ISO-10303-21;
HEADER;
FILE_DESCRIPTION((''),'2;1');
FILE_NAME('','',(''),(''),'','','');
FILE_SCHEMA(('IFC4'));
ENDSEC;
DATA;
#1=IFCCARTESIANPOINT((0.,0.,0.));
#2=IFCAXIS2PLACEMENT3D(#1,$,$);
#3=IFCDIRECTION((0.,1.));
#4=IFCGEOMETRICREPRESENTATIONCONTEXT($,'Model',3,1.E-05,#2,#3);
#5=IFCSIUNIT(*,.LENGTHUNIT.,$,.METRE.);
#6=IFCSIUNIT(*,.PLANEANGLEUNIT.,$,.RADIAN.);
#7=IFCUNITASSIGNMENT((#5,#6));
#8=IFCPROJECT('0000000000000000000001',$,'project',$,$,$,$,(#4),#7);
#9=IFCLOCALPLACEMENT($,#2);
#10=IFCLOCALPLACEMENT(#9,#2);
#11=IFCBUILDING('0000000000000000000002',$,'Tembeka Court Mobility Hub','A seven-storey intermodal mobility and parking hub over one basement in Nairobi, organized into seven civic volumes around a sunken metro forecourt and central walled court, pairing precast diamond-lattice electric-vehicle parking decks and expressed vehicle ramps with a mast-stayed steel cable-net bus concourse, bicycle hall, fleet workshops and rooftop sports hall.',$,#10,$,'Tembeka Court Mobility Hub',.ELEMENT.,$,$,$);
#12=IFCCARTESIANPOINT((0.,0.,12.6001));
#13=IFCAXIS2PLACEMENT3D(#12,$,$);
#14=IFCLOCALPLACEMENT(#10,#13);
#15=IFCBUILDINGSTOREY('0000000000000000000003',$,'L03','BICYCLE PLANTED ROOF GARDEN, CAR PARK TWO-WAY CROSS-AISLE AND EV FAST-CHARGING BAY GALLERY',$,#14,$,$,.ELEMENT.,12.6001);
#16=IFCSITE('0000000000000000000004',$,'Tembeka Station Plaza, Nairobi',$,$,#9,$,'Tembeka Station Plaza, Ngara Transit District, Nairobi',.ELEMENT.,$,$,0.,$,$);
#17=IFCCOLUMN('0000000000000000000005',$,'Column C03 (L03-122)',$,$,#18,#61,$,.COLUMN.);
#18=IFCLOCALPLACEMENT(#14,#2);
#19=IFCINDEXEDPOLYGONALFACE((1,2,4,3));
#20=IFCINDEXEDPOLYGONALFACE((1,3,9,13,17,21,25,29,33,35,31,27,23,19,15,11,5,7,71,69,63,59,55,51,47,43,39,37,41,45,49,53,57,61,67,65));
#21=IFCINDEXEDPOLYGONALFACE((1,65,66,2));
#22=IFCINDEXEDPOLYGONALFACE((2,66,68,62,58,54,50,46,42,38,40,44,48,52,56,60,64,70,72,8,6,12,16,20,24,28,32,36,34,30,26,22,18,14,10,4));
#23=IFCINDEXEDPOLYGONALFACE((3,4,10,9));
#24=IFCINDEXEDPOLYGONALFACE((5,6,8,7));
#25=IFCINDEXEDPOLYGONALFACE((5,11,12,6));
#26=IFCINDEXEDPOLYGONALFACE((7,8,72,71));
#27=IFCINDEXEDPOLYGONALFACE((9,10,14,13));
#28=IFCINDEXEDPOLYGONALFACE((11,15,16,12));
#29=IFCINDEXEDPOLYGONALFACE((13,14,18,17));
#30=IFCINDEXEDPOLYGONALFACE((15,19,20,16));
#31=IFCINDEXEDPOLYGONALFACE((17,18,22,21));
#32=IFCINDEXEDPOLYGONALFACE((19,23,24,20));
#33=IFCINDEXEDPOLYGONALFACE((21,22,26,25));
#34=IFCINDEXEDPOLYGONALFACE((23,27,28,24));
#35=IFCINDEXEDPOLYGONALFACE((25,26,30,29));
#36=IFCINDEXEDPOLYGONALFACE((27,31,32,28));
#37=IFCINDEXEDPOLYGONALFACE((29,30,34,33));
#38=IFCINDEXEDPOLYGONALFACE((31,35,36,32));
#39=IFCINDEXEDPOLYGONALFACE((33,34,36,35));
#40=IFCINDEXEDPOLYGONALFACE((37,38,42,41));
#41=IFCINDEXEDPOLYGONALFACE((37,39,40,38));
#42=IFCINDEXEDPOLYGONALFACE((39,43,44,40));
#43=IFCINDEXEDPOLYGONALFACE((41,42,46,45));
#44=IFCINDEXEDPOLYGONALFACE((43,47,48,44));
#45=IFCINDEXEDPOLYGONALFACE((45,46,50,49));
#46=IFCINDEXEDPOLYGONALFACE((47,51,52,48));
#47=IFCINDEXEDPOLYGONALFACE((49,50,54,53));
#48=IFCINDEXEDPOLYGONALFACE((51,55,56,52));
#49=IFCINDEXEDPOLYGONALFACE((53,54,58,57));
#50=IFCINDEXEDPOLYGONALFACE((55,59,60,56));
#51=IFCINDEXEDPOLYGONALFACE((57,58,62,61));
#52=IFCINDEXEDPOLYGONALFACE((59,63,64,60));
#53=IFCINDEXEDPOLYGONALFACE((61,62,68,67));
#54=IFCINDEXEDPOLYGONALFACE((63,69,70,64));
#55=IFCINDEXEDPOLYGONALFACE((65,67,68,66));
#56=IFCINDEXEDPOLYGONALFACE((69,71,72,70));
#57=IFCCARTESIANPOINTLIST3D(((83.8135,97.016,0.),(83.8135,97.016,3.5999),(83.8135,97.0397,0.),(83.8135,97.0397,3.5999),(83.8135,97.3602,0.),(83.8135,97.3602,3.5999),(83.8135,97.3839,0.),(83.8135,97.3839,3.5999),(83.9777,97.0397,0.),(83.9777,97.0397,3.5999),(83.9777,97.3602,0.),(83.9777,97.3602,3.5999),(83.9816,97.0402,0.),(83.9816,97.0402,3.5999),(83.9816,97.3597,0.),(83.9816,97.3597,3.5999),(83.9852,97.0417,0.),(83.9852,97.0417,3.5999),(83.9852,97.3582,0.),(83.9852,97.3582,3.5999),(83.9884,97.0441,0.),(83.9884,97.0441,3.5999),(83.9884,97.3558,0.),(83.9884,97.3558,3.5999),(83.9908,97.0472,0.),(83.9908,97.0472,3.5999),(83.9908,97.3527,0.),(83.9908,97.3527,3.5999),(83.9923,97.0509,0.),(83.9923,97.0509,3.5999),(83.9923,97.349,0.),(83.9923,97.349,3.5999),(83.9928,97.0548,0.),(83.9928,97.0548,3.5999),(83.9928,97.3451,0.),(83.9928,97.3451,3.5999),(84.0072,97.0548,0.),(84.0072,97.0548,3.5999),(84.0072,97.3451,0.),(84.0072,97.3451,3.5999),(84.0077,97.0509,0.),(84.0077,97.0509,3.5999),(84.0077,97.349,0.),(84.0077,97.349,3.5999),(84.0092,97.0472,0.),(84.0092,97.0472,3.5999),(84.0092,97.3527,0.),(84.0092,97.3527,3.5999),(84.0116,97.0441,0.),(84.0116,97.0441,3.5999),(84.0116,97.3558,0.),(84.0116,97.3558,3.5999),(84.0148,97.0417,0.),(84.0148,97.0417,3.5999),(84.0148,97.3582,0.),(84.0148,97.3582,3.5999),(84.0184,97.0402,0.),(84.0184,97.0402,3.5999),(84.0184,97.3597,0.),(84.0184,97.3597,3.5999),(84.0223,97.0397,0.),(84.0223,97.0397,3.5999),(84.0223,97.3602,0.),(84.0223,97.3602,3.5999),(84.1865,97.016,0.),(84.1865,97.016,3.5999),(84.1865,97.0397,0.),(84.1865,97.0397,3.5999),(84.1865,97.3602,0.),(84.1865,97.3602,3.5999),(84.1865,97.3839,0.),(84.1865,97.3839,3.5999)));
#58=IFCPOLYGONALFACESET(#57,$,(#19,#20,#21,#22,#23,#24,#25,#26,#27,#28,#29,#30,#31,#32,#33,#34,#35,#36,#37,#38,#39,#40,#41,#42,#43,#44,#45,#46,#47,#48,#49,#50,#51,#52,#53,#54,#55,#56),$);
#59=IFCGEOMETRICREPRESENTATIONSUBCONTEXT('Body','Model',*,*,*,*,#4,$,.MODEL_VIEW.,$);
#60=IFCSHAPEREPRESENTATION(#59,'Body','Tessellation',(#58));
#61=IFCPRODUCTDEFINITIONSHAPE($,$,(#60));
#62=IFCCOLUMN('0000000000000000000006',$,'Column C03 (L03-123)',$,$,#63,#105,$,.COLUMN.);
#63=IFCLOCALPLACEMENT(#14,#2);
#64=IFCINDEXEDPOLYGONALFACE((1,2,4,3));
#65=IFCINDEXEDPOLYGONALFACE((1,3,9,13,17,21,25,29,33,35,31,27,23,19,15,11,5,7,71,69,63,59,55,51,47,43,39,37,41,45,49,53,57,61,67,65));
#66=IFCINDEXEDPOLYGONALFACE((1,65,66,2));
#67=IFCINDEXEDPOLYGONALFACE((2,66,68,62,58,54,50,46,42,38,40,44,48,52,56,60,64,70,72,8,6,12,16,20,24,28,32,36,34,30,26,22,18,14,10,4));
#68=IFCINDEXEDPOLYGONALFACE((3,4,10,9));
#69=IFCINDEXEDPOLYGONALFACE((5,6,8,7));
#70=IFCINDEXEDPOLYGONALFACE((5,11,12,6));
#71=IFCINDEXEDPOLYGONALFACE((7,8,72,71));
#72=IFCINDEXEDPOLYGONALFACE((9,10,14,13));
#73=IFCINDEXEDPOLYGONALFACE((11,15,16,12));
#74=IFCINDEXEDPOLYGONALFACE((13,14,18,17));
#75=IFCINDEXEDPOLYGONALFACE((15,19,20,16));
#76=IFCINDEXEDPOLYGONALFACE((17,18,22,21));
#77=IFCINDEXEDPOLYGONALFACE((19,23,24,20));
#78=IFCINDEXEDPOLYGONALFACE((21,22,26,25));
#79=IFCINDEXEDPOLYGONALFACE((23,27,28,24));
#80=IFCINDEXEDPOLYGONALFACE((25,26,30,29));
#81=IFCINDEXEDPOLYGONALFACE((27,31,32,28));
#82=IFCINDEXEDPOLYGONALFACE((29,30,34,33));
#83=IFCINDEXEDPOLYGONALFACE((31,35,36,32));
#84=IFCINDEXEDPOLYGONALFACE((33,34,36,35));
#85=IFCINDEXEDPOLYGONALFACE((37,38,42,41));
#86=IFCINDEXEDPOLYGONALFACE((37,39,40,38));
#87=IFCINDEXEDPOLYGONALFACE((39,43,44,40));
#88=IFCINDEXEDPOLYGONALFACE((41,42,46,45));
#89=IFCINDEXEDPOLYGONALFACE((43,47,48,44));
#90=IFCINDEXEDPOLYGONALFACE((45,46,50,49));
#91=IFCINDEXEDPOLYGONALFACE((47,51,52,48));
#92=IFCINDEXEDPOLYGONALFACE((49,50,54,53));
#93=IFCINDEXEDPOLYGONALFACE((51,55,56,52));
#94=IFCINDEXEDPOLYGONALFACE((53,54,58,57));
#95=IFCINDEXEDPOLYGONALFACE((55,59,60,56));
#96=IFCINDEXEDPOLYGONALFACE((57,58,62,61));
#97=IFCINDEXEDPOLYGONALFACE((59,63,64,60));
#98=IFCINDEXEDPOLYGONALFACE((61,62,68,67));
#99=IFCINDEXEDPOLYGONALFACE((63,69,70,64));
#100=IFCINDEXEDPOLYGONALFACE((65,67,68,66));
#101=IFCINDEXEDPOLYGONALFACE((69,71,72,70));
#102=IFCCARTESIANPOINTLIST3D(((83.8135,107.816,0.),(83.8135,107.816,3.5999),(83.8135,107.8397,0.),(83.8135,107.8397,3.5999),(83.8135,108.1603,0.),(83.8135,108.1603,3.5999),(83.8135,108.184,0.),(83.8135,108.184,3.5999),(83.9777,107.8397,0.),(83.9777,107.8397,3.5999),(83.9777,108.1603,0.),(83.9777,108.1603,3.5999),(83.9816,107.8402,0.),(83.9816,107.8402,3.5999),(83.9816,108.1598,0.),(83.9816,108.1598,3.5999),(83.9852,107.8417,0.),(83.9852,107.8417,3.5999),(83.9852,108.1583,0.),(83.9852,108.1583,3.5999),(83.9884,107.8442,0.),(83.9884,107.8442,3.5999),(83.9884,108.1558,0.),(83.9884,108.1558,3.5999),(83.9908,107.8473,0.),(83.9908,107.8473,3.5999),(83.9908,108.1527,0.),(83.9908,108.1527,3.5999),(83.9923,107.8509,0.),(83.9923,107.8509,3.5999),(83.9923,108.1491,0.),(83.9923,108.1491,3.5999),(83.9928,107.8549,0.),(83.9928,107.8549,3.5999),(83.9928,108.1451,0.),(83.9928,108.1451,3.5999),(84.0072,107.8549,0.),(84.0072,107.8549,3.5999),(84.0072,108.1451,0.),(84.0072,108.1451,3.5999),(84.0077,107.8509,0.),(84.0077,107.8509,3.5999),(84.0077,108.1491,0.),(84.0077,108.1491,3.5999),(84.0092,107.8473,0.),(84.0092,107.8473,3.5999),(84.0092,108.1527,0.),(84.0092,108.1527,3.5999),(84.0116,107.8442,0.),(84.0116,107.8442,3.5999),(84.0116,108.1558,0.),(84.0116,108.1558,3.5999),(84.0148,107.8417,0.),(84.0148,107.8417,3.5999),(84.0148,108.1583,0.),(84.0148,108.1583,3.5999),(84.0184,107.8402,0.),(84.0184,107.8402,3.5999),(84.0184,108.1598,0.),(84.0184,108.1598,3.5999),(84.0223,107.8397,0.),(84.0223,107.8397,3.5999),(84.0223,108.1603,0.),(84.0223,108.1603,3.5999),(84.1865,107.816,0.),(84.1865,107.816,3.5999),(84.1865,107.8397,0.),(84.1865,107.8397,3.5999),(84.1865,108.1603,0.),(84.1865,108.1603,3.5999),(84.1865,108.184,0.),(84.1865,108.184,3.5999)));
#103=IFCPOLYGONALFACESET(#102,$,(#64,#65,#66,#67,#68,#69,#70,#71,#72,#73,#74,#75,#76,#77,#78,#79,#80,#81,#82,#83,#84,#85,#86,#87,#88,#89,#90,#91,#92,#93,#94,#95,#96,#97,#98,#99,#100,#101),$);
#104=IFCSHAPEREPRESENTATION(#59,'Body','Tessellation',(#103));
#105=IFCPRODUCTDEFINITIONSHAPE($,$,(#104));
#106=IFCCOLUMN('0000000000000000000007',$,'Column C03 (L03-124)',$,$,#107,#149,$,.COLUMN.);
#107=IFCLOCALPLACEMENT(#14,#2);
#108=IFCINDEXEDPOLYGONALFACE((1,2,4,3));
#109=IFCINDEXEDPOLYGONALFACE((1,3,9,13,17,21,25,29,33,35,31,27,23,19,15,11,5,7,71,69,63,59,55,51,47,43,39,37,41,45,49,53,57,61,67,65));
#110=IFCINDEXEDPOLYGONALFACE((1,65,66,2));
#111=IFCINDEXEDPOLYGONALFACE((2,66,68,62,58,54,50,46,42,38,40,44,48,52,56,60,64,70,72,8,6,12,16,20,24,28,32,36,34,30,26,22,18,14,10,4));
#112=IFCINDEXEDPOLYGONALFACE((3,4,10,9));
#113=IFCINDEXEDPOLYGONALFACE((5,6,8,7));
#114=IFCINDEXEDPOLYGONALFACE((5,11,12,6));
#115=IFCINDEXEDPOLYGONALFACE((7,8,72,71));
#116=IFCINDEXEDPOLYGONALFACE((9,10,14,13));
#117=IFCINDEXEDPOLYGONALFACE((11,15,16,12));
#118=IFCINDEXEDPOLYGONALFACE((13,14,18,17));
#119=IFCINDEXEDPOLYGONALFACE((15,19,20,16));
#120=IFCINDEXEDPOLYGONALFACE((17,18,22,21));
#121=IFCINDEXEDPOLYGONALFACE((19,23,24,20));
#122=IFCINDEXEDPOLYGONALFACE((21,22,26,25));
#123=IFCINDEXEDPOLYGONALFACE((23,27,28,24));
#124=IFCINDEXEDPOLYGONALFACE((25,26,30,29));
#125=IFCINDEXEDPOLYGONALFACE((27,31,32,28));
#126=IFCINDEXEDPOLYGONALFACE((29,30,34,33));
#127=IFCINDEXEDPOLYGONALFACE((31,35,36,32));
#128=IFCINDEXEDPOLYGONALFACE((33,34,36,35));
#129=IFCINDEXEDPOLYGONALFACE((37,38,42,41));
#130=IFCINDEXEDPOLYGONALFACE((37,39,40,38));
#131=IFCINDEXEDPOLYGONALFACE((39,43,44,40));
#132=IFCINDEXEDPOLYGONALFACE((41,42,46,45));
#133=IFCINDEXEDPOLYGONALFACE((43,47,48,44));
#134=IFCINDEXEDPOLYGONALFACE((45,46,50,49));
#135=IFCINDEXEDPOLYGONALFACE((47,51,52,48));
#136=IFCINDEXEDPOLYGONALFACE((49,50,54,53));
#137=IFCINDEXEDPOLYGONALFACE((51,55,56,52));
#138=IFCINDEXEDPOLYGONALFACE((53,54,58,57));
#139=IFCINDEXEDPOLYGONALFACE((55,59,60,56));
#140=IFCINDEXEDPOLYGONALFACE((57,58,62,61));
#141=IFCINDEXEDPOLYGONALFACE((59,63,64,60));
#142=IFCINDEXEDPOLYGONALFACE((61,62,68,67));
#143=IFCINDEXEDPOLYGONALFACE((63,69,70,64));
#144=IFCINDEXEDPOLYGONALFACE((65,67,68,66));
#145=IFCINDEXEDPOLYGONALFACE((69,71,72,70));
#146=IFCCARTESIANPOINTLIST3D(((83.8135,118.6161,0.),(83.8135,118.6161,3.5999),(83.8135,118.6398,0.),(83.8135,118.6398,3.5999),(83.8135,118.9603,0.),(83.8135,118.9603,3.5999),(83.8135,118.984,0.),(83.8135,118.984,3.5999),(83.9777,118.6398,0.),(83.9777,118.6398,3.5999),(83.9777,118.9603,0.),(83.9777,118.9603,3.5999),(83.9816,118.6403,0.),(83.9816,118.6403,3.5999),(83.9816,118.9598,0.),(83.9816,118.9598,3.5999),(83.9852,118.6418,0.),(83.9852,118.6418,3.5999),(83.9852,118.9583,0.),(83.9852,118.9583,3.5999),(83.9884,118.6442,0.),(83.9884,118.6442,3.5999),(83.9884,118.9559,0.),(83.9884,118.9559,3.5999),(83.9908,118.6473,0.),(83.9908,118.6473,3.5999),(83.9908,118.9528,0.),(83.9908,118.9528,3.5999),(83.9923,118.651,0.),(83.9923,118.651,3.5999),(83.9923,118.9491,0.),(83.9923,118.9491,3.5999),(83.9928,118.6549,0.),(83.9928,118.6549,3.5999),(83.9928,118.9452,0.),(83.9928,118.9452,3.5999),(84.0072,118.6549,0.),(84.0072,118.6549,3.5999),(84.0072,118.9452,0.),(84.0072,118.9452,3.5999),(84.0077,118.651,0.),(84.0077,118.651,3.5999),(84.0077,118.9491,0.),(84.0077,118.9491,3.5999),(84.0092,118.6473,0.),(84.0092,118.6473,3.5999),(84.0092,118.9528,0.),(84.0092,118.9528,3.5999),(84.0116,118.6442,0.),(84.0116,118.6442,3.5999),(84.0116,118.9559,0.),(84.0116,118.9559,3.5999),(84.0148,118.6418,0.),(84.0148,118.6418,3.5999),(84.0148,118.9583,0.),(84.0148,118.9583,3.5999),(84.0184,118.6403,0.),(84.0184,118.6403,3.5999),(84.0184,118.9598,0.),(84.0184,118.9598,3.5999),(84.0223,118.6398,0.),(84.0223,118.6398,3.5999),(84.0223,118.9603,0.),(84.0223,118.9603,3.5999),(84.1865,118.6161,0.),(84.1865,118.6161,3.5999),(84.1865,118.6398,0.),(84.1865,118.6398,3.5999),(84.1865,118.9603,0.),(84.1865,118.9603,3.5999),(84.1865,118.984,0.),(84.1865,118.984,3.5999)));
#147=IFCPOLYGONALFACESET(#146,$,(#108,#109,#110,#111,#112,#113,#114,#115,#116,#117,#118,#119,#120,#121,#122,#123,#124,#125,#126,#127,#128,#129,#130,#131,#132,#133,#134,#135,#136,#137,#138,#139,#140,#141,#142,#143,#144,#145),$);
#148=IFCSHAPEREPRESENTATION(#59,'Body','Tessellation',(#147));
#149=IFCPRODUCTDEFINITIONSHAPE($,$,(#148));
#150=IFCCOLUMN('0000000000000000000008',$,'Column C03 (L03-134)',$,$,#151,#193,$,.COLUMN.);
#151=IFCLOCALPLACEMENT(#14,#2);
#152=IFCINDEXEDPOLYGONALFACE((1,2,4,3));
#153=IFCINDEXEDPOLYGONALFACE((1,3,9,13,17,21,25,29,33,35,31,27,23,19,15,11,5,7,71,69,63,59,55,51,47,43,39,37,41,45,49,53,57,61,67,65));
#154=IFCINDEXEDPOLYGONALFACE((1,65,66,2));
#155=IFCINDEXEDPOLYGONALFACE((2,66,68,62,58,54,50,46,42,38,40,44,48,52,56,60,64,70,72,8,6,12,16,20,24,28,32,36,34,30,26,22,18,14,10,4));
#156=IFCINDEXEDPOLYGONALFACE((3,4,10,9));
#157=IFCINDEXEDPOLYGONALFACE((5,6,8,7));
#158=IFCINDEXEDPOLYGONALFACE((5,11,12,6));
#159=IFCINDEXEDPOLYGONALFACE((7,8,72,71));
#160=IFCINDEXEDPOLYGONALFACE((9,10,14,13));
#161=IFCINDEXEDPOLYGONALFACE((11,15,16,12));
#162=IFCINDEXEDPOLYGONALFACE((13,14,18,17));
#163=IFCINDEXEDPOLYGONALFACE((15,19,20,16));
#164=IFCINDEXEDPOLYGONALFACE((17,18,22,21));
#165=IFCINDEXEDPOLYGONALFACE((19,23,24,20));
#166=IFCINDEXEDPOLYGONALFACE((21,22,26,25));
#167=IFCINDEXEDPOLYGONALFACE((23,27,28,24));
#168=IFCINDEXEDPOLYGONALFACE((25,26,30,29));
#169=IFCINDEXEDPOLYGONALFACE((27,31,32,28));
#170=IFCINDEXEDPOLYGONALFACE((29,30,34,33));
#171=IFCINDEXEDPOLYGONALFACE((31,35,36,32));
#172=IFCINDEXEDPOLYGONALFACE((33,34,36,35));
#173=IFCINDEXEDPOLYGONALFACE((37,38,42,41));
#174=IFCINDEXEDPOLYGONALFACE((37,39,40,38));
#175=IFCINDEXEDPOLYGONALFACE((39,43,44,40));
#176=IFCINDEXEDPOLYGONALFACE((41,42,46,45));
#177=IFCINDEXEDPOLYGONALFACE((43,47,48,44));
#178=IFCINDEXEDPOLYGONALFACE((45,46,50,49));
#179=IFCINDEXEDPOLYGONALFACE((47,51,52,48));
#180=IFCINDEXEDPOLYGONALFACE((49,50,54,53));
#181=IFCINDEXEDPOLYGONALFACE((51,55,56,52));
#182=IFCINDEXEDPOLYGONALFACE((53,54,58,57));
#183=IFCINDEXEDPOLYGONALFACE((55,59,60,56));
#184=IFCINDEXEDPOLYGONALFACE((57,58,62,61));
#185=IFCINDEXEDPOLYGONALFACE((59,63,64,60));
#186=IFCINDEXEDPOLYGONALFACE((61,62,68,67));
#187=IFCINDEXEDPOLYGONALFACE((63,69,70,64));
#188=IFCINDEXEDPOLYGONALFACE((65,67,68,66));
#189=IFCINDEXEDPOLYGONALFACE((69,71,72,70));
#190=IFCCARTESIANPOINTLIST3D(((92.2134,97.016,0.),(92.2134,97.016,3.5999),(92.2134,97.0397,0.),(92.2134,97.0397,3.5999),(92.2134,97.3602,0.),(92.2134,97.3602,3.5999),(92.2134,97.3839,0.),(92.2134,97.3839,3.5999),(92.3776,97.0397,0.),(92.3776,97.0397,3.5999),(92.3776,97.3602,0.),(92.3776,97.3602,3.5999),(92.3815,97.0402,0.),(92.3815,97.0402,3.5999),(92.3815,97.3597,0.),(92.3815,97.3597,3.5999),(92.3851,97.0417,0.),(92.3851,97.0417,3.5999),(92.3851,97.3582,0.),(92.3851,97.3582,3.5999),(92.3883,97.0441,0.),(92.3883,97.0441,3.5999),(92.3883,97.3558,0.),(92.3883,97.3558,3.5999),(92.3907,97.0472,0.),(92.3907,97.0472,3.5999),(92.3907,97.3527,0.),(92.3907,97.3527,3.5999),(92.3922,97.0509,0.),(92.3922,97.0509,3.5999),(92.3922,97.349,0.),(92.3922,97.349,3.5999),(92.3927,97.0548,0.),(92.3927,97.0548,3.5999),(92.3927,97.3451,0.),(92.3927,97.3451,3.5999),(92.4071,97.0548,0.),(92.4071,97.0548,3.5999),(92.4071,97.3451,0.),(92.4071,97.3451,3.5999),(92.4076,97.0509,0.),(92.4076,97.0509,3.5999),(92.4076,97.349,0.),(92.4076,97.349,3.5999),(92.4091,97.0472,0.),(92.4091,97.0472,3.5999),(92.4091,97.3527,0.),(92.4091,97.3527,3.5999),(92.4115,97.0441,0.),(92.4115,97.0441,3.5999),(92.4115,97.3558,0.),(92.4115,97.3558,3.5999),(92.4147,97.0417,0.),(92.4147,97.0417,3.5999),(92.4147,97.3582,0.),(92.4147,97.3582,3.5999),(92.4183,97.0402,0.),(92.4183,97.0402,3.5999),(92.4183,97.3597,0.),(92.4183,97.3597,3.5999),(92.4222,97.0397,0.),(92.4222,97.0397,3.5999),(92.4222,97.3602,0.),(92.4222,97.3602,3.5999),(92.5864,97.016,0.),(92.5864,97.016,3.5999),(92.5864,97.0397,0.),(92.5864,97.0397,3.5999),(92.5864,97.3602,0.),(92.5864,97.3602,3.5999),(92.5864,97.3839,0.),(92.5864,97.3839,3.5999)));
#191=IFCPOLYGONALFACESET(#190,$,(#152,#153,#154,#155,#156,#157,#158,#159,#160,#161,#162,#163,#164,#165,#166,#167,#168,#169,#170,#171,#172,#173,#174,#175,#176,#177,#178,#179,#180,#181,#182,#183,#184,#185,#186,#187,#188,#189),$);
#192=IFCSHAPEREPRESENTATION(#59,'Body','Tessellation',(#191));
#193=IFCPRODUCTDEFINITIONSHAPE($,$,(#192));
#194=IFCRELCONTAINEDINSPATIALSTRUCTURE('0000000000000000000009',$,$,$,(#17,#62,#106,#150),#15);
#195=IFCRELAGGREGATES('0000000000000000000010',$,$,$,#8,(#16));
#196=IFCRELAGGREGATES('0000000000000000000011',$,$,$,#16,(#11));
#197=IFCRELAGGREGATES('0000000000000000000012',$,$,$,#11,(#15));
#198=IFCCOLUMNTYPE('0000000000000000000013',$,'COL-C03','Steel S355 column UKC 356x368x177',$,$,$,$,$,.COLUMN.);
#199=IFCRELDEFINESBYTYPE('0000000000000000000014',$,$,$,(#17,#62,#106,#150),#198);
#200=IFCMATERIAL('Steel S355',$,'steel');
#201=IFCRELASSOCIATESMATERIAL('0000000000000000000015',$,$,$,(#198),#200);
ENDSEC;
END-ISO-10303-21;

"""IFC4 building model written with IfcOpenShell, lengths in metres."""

from ifc_helpers import new_model, si_unit, direction, frame, origin, origin_2d, place, context, subcontext, project, spatial, i_section, extrude, material, material_profile, profile_set, type_object, element, save


model = new_model("IFC4")

# Units and contexts
model_context = context("Model", 3, precision=1e-05, world=origin(), true_north=direction((0.0, 1.0)))
body_context = subcontext(model_context, "Body", "Model", "MODEL_VIEW")
ifc_project = project(units=[si_unit("LENGTHUNIT", "METRE"), si_unit("PLANEANGLEUNIT", "RADIAN")], contexts=[model_context])

# Site, building, storey
site_placement = place(None, origin())
site = spatial("IfcSite", under=ifc_project, at=site_placement, Name="Tembeka Station Plaza, Nairobi", LongName="Tembeka Station Plaza, Ngara Transit District, Nairobi", CompositionType="ELEMENT", RefElevation=0.0)
building_placement = place(site_placement, origin())
building = spatial("IfcBuilding", under=site, at=building_placement, Name="Tembeka Court Mobility Hub", Description="A seven-storey intermodal mobility and parking hub over one basement in Nairobi, organized into seven civic volumes around a sunken metro forecourt and central walled court, pairing precast diamond-lattice electric-vehicle parking decks and expressed vehicle ramps with a mast-stayed steel cable-net bus concourse, bicycle hall, fleet workshops and rooftop sports hall.", LongName="Tembeka Court Mobility Hub", CompositionType="ELEMENT")
storey_placement = place(building_placement, frame((0.0, 0.0, 12.6001)))
storey = spatial("IfcBuildingStorey", under=building, at=storey_placement, Name="L03", Description="BICYCLE PLANTED ROOF GARDEN, CAR PARK TWO-WAY CROSS-AISLE AND EV FAST-CHARGING BAY GALLERY", CompositionType="ELEMENT", Elevation=12.6001)

# Columns
ifc_material_1 = material(Name="Steel S355", Category="steel")
ifc_material_profile_1 = material_profile(ifc_material_1, i_section(OverallWidth=0.373, OverallDepth=0.3679, WebThickness=0.0144, FlangeThickness=0.0237, FilletRadius=0.0151, at=origin_2d()), Name="UKC 356x368x177")
ifc_profile_set_1 = profile_set([ifc_material_profile_1], Name="Steel S355")
column_type = type_object("IfcColumnType", Name="COL-C03", Description="Steel S355 column UKC 356x368x177", PredefinedType="COLUMN", material=ifc_profile_set_1)
for number, where, z_axis, x_axis, name in (
    (1, (84.0, 97.2, 0.0), (0.0, 0.0, 1.0), (1.0, 0.0, 0.0), "Column C03 (L03-122)"),
    (2, (84.0, 108.0, 0.0), (0.0, 0.0, 1.0), (1.0, 0.0, 0.0), "Column C03 (L03-123)"),
    (3, (84.0, 118.8, 0.0), (0.0, 0.0, 1.0), (1.0, 0.0, 0.0), "Column C03 (L03-124)"),
    (4, (92.3999, 97.2, 0.0), (0.0, 0.0, 1.0), (1.0, 0.0, 0.0), "Column C03 (L03-134)"),
):
    element("IfcColumn", number, at=place(storey_placement, frame(where, z_axis=z_axis, x_axis=x_axis)), inside=storey, type_object=column_type, Name=name, PredefinedType="COLUMN", context=body_context, shape_type="SweptSolid", body=[
        extrude(i_section(OverallWidth=0.373, OverallDepth=0.3679, WebThickness=0.0144, FlangeThickness=0.0237, FilletRadius=0.0151, at=origin_2d()), origin(), (0.0, 0.0, 1.0), 3.5999),
    ])

save(model, "model.ifc")
